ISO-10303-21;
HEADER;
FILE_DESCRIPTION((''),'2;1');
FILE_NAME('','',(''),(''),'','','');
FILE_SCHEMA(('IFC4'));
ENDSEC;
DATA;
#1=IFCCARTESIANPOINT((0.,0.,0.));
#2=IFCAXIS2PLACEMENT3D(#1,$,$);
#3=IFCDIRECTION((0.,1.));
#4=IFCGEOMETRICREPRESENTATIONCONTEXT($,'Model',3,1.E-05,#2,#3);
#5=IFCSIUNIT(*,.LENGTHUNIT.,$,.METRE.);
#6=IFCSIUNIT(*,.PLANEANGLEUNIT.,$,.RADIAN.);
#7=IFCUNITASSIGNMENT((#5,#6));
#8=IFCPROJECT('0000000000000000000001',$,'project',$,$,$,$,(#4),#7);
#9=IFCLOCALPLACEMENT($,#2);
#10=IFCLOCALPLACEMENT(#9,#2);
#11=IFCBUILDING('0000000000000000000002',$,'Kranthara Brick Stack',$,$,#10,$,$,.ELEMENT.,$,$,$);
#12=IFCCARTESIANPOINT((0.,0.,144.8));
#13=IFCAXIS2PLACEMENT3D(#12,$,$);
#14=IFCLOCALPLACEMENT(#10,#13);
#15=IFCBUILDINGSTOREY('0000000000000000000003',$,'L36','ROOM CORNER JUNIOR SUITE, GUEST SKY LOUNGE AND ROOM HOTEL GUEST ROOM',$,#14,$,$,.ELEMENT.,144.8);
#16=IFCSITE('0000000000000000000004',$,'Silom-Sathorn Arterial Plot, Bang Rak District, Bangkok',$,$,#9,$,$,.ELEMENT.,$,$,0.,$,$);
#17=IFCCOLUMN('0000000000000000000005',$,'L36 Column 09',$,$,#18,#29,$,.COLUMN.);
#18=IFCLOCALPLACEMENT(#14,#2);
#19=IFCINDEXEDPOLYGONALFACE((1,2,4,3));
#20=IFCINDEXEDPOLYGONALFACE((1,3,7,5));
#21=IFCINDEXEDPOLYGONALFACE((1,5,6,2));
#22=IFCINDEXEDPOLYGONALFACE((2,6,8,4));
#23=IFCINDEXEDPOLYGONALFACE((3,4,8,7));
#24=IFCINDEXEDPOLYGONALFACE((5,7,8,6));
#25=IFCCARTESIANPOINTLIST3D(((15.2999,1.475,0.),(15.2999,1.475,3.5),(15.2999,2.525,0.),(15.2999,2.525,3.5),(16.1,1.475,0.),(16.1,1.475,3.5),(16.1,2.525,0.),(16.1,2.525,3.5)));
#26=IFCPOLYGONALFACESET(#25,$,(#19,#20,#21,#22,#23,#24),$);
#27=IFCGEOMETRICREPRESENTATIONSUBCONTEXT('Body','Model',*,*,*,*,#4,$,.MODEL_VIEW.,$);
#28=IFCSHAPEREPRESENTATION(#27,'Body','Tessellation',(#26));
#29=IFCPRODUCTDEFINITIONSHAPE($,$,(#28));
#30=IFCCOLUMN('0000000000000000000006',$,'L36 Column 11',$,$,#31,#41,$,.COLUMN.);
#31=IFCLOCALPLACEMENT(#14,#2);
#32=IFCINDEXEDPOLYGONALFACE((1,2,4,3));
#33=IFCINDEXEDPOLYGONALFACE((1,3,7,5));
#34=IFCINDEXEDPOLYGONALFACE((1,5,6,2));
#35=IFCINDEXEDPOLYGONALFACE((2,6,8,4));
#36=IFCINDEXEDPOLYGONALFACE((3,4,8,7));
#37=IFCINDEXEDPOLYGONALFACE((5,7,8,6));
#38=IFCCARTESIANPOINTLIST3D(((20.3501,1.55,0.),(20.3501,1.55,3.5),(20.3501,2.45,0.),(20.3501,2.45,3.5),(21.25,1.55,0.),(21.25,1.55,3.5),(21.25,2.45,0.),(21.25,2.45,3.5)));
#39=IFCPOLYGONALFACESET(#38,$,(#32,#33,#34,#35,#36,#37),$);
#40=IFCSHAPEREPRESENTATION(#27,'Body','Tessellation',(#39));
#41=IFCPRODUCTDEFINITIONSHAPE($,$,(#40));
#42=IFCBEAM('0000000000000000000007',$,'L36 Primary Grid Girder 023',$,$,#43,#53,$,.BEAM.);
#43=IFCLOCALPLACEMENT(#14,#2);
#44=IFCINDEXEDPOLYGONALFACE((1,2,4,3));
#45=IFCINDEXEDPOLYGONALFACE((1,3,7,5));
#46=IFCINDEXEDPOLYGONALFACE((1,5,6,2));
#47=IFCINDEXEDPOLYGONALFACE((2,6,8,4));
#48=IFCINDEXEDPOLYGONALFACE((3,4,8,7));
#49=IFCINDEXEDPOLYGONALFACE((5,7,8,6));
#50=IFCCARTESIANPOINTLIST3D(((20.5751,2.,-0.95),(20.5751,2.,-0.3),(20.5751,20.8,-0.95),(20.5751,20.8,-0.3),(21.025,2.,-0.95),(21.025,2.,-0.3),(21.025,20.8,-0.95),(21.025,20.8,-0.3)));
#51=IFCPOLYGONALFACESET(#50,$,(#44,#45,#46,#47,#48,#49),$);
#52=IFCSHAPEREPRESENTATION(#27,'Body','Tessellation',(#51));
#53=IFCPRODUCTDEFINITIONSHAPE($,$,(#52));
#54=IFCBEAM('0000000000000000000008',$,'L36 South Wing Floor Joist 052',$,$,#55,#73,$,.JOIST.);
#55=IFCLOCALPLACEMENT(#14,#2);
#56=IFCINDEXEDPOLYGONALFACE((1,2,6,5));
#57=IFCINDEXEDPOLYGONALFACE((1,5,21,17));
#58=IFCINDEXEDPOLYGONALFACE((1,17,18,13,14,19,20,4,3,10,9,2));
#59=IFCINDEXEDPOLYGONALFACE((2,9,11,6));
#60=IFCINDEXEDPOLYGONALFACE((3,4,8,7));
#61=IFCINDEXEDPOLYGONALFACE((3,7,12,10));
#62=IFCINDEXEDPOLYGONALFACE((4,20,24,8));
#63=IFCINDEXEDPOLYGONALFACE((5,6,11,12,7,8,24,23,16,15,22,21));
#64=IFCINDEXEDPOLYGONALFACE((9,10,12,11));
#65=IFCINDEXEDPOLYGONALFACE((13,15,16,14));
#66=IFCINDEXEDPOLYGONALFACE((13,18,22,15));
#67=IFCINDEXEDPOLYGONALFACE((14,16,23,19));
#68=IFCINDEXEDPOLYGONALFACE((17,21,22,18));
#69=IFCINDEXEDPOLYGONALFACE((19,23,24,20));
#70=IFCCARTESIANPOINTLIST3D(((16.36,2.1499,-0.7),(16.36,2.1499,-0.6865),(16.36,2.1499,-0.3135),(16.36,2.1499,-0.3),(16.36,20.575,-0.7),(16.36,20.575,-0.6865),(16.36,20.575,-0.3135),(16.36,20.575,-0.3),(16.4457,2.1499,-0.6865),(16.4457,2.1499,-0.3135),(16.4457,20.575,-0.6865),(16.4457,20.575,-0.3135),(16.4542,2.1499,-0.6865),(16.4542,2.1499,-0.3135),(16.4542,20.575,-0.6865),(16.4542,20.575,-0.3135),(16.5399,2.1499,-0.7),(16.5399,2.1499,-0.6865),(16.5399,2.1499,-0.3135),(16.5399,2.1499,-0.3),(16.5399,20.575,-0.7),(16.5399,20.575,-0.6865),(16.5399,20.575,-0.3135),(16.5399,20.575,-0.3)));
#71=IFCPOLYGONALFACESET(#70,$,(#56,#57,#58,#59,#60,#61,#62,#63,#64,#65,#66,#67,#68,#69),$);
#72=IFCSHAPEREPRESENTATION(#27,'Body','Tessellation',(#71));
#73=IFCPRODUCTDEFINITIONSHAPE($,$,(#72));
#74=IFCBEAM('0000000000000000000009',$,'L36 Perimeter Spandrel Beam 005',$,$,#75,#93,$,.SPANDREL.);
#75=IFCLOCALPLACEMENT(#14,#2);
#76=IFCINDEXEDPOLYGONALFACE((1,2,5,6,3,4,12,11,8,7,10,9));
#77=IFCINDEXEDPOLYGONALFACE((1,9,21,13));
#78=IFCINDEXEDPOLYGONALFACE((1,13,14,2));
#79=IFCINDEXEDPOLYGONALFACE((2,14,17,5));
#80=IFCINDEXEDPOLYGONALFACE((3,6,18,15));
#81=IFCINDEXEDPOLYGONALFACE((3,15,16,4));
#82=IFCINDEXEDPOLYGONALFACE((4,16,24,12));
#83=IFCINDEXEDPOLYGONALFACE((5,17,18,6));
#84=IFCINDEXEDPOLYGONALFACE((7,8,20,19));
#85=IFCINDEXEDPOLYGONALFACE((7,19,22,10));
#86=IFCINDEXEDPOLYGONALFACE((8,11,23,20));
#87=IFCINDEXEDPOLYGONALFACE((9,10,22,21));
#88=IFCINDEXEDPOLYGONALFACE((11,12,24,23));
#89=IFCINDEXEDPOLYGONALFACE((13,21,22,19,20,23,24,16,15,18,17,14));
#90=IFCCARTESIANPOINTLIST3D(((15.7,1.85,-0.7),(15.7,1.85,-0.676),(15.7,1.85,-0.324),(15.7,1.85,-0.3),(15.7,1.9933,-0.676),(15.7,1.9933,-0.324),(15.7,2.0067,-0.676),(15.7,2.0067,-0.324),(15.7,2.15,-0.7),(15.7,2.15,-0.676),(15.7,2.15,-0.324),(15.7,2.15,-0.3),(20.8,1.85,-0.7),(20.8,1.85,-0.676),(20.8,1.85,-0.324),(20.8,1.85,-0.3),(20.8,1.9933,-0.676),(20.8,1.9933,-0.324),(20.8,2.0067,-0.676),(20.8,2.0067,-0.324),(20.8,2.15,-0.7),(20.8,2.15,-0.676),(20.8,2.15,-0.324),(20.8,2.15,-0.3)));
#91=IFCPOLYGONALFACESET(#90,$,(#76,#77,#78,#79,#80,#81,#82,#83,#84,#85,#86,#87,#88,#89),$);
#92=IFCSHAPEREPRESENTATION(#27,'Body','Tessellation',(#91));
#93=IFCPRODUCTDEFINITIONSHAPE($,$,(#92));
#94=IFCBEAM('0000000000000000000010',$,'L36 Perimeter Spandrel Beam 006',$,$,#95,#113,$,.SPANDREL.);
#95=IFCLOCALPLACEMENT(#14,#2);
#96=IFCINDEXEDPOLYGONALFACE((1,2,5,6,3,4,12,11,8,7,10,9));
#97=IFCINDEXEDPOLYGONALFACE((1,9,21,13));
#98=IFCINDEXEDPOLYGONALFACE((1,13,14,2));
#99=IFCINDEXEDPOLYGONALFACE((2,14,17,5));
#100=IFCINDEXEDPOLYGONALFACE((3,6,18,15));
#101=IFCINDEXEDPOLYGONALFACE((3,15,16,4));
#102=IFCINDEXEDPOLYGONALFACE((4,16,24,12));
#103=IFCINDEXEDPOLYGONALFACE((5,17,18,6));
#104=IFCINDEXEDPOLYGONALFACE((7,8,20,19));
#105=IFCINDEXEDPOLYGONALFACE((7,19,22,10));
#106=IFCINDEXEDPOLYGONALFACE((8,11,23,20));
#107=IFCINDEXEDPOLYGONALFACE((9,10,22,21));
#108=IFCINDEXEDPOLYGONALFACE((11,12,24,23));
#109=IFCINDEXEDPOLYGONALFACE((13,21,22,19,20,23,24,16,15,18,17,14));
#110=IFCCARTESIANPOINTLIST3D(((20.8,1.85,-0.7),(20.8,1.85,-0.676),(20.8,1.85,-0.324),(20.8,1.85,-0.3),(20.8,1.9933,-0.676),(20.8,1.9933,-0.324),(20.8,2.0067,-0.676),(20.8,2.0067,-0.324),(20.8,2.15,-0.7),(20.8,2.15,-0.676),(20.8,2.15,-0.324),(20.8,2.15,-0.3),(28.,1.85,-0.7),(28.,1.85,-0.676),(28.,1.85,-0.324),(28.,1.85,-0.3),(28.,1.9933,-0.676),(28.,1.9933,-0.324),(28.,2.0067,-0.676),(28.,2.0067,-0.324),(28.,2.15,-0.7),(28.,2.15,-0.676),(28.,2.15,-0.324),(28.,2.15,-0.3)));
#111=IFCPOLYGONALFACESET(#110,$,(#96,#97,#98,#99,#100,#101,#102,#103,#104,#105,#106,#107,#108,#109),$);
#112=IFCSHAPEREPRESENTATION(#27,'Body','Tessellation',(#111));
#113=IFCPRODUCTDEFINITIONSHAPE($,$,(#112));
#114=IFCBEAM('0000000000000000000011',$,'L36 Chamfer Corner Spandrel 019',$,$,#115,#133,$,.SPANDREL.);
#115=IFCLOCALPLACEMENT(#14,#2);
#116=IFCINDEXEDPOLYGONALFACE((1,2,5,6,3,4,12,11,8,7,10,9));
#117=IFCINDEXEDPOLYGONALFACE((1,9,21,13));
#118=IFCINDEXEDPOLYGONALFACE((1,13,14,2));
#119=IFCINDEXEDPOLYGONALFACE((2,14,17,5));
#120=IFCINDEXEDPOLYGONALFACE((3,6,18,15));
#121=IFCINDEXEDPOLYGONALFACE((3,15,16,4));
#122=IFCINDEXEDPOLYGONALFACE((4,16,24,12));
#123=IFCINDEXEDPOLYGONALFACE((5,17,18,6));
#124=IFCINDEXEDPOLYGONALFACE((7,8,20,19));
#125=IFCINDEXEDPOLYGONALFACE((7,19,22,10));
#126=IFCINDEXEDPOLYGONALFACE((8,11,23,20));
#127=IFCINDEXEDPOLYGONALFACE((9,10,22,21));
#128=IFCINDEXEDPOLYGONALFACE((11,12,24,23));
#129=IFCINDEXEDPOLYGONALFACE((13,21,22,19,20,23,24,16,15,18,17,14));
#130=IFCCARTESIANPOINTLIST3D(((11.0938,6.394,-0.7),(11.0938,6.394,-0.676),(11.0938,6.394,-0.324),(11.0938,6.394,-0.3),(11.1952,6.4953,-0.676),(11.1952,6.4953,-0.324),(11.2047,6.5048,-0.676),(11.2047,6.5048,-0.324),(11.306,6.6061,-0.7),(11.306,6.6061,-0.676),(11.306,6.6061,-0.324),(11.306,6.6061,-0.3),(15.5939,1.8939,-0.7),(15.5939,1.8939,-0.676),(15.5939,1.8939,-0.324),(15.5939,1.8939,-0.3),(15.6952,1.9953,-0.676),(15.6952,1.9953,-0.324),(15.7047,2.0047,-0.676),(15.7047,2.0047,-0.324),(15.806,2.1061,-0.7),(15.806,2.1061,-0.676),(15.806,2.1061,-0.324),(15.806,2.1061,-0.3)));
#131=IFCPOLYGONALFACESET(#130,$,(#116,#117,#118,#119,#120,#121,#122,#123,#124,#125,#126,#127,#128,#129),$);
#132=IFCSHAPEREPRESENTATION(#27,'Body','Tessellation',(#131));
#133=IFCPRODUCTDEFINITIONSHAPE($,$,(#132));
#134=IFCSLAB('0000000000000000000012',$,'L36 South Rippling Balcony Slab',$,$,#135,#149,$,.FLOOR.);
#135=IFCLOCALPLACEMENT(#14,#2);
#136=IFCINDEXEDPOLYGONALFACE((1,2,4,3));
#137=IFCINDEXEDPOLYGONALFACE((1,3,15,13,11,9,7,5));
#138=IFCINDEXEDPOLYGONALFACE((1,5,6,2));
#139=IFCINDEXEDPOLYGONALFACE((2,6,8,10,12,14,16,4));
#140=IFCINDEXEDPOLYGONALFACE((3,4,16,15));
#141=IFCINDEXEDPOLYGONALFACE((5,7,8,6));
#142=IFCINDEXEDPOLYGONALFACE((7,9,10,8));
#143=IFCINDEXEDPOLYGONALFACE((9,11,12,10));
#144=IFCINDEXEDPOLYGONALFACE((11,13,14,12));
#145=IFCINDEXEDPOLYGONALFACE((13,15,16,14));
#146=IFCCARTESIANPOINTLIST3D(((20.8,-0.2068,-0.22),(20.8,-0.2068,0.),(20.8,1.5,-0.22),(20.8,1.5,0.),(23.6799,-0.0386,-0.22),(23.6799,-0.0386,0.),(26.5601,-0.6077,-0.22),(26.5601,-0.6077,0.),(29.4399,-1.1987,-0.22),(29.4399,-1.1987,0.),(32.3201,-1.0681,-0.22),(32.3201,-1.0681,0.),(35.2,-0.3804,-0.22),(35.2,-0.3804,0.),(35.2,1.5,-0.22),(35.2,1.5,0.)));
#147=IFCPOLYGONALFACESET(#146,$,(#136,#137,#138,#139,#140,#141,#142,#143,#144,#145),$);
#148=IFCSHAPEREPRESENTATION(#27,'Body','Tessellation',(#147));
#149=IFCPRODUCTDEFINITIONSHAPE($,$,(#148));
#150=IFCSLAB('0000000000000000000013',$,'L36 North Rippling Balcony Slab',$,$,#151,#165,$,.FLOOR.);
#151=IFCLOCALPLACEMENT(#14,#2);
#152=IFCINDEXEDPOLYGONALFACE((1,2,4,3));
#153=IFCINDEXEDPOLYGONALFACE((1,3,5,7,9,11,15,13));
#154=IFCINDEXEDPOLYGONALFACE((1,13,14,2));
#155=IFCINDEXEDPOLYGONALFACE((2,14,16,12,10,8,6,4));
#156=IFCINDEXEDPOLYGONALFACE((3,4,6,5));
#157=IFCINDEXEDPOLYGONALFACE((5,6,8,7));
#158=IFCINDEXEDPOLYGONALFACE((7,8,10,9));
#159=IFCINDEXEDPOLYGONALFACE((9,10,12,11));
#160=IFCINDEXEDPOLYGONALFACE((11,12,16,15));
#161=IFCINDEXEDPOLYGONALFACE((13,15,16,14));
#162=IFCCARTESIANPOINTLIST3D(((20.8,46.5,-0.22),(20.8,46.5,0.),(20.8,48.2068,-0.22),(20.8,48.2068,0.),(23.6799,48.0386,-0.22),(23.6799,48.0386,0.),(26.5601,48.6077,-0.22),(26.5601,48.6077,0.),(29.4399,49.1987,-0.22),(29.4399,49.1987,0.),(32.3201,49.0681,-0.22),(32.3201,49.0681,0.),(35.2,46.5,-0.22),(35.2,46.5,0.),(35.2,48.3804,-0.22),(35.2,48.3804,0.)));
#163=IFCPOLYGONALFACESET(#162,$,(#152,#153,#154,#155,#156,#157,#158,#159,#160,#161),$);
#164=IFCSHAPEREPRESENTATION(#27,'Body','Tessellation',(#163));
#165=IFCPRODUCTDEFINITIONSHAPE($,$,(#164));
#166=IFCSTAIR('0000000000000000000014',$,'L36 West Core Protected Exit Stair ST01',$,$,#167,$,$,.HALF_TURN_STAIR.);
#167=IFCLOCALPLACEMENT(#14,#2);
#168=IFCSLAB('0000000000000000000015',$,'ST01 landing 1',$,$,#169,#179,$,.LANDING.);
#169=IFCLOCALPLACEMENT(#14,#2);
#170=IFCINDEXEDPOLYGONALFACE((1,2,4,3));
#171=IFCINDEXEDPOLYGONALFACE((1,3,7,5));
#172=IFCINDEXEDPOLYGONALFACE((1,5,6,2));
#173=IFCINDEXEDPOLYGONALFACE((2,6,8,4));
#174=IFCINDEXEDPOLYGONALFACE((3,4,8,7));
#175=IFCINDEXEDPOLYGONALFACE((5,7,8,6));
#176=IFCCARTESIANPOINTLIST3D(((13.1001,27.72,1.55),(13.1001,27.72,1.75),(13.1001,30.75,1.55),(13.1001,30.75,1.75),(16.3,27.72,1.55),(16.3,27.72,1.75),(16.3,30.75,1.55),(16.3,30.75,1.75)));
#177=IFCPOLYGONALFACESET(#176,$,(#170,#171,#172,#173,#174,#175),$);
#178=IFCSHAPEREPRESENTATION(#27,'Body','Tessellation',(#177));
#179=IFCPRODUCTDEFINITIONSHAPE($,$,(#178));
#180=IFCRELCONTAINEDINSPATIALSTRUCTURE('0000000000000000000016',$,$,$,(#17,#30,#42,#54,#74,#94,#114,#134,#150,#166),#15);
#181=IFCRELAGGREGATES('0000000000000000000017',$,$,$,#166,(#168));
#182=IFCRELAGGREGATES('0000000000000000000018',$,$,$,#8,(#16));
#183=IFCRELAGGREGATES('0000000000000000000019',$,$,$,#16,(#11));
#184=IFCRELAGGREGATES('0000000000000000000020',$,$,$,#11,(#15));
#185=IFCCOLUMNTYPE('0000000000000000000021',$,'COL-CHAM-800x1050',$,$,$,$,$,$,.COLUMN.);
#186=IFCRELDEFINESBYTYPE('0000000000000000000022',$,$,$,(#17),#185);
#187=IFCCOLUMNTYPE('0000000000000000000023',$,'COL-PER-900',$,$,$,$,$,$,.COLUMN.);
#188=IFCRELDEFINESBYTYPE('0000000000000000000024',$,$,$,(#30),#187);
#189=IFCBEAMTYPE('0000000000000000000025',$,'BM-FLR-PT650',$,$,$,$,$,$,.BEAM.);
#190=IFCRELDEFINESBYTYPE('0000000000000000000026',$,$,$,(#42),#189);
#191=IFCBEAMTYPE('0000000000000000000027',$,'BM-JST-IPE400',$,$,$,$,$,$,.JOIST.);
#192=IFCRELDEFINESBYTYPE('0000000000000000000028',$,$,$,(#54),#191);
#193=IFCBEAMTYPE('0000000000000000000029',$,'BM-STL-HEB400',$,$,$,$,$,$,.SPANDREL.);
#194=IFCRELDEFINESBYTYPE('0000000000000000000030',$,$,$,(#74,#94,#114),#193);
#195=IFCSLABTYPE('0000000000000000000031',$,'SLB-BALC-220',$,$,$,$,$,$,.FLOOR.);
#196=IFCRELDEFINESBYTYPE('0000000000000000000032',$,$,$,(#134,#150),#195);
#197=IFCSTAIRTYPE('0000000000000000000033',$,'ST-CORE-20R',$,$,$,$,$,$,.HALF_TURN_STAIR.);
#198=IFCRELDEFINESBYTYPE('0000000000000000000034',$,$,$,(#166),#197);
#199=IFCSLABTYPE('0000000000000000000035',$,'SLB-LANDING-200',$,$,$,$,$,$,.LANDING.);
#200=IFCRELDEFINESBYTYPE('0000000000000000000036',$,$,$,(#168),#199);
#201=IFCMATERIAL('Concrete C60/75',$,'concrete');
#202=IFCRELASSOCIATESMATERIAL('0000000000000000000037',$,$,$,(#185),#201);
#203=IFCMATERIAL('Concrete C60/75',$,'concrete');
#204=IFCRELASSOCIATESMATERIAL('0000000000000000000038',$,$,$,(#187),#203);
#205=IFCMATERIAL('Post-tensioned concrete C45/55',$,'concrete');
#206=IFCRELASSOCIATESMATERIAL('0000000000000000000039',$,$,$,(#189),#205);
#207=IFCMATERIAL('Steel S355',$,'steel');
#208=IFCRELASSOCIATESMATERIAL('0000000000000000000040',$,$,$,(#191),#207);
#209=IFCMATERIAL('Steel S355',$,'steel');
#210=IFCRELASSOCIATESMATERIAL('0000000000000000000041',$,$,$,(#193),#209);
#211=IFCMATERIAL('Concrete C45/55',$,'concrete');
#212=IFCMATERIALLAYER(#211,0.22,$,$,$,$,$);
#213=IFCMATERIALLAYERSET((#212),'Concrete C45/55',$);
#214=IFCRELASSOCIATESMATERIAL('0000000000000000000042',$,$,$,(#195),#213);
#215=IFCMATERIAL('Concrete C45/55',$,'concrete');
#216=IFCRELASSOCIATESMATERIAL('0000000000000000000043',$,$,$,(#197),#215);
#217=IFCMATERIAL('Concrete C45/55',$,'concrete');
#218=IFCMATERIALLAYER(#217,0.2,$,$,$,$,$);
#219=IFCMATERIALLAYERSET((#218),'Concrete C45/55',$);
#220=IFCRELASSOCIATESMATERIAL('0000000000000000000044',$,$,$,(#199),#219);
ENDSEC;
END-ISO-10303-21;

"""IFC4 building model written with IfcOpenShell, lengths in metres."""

from ifc_helpers import new_model, si_unit, direction, frame, origin, origin_2d, place, context, subcontext, project, spatial, polyline, rectangle, i_section, outline, extrude, material, layer, layer_set, material_profile, profile_set, type_object, element, aggregate, save


model = new_model("IFC4")

# Units and contexts
model_context = context("Model", 3, precision=1e-05, world=origin(), true_north=direction((0.0, 1.0)))
body_context = subcontext(model_context, "Body", "Model", "MODEL_VIEW")
ifc_project = project(units=[si_unit("LENGTHUNIT", "METRE"), si_unit("PLANEANGLEUNIT", "RADIAN")], contexts=[model_context])

# Site, building, storey
site_placement = place(None, origin())
site = spatial("IfcSite", under=ifc_project, at=site_placement, Name="Silom-Sathorn Arterial Plot, Bang Rak District, Bangkok", CompositionType="ELEMENT", RefElevation=0.0)
building_placement = place(site_placement, origin())
building = spatial("IfcBuilding", under=site, at=building_placement, Name="Kranthara Brick Stack", CompositionType="ELEMENT")
storey_placement = place(building_placement, frame((0.0, 0.0, 144.8)))
storey = spatial("IfcBuildingStorey", under=building, at=storey_placement, Name="L36", Description="ROOM CORNER JUNIOR SUITE, GUEST SKY LOUNGE AND ROOM HOTEL GUEST ROOM", CompositionType="ELEMENT", Elevation=144.8)

# Columns
ifc_material_1 = material(Name="Concrete C60/75", Category="concrete")
ifc_material_profile_1 = material_profile(ifc_material_1, rectangle(XDim=0.8, YDim=1.05, at=origin_2d()), Name="RC 800x1050")
ifc_profile_set_1 = profile_set([ifc_material_profile_1], Name="Concrete C60/75")
column_type_1 = type_object("IfcColumnType", Name="COL-CHAM-800x1050", PredefinedType="COLUMN", material=ifc_profile_set_1)
column_1_placement = place(storey_placement, frame((15.7, 2.0, 0.0), z_axis=(0.0, 0.0, 1.0), x_axis=(1.0, 0.0, 0.0)))
element("IfcColumn", 1, at=column_1_placement, inside=storey, type_object=column_type_1, Name="L36 Column 09", PredefinedType="COLUMN", context=body_context, shape_type="SweptSolid", body=[
    extrude(rectangle(XDim=0.8, YDim=1.05, at=origin_2d()), origin(), (0.0, 0.0, 1.0), 3.5),
])
ifc_material_2 = material(Name="Concrete C60/75", Category="concrete")
ifc_material_profile_2 = material_profile(ifc_material_2, rectangle(XDim=0.8999, YDim=0.8999, at=origin_2d()), Name="RC 900x900")
ifc_profile_set_2 = profile_set([ifc_material_profile_2], Name="Concrete C60/75")
column_type_2 = type_object("IfcColumnType", Name="COL-PER-900", PredefinedType="COLUMN", material=ifc_profile_set_2)
column_2_placement = place(storey_placement, frame((20.8, 2.0, 0.0), z_axis=(0.0, 0.0, 1.0), x_axis=(1.0, 0.0, 0.0)))
element("IfcColumn", 2, at=column_2_placement, inside=storey, type_object=column_type_2, Name="L36 Column 11", PredefinedType="COLUMN", context=body_context, shape_type="SweptSolid", body=[
    extrude(rectangle(XDim=0.8999, YDim=0.8999, at=origin_2d()), origin(), (0.0, 0.0, 1.0), 3.5),
])

# Beams
ifc_material_3 = material(Name="Post-tensioned concrete C45/55", Category="concrete")
ifc_material_profile_3 = material_profile(ifc_material_3, rectangle(XDim=0.45, YDim=0.6499, at=origin_2d()), Name="PT 450x650")
ifc_profile_set_3 = profile_set([ifc_material_profile_3], Name="Post-tensioned concrete C45/55")
beam_type_1 = type_object("IfcBeamType", Name="BM-FLR-PT650", PredefinedType="BEAM", material=ifc_profile_set_3)
beam_1_placement = place(storey_placement, frame((20.8, 2.0, -0.625), z_axis=(0.0, 1.0, 0.0), x_axis=(-1.0, 0.0, 0.0)))
element("IfcBeam", 3, at=beam_1_placement, inside=storey, type_object=beam_type_1, Name="L36 Primary Grid Girder 023", PredefinedType="BEAM", context=body_context, shape_type="SweptSolid", body=[
    extrude(rectangle(XDim=0.45, YDim=0.6499, at=origin_2d()), origin(), (0.0, 0.0, 1.0), 18.8),
])
ifc_material_4 = material(Name="Steel S355", Category="steel")
ifc_material_profile_4 = material_profile(ifc_material_4, i_section(OverallWidth=0.1799, OverallDepth=0.3999, WebThickness=0.0085, FlangeThickness=0.0134, at=origin_2d()), Name="IPE 400")
ifc_profile_set_4 = profile_set([ifc_material_profile_4], Name="Steel S355")
beam_type_2 = type_object("IfcBeamType", Name="BM-JST-IPE400", PredefinedType="JOIST", material=ifc_profile_set_4)
beam_2_placement = place(storey_placement, frame((16.45, 2.1499, -0.5), z_axis=(0.0, 1.0, 0.0), x_axis=(-1.0, 0.0, 0.0)))
element("IfcBeam", 4, at=beam_2_placement, inside=storey, type_object=beam_type_2, Name="L36 South Wing Floor Joist 052", PredefinedType="JOIST", context=body_context, shape_type="SweptSolid", body=[
    extrude(i_section(OverallWidth=0.1799, OverallDepth=0.3999, WebThickness=0.0085, FlangeThickness=0.0134, at=origin_2d()), origin(), (0.0, 0.0, 1.0), 18.425),
])
ifc_material_5 = material(Name="Steel S355", Category="steel")
ifc_material_profile_5 = material_profile(ifc_material_5, i_section(OverallWidth=0.3, OverallDepth=0.3999, WebThickness=0.0134, FlangeThickness=0.0239, at=origin_2d()), Name="HEB 400")
ifc_profile_set_5 = profile_set([ifc_material_profile_5], Name="Steel S355")
beam_type_3 = type_object("IfcBeamType", Name="BM-STL-HEB400", PredefinedType="SPANDREL", material=ifc_profile_set_5)
beam_3_placement = place(storey_placement, frame((15.7, 2.0, -0.5), z_axis=(1.0, 0.0, 0.0), x_axis=(0.0, 1.0, 0.0)))
element("IfcBeam", 5, at=beam_3_placement, inside=storey, type_object=beam_type_3, Name="L36 Perimeter Spandrel Beam 005", PredefinedType="SPANDREL", context=body_context, shape_type="SweptSolid", body=[
    extrude(i_section(OverallWidth=0.3, OverallDepth=0.3999, WebThickness=0.0134, FlangeThickness=0.0239, at=origin_2d()), origin(), (0.0, 0.0, 1.0), 5.1001),
])
beam_4_placement = place(storey_placement, frame((20.8, 2.0, -0.5), z_axis=(1.0, 0.0, 0.0), x_axis=(0.0, 1.0, 0.0)))
element("IfcBeam", 6, at=beam_4_placement, inside=storey, type_object=beam_type_3, Name="L36 Perimeter Spandrel Beam 006", PredefinedType="SPANDREL", context=body_context, shape_type="SweptSolid", body=[
    extrude(i_section(OverallWidth=0.3, OverallDepth=0.3999, WebThickness=0.0134, FlangeThickness=0.0239, at=origin_2d()), origin(), (0.0, 0.0, 1.0), 7.2),
])
beam_5_placement = place(storey_placement, frame((15.7, 2.0, -0.5), z_axis=(-0.707107, 0.707107, 0.0), x_axis=(-0.707107, -0.707107, 0.0)))
element("IfcBeam", 7, at=beam_5_placement, inside=storey, type_object=beam_type_3, Name="L36 Chamfer Corner Spandrel 019", PredefinedType="SPANDREL", context=body_context, shape_type="SweptSolid", body=[
    extrude(i_section(OverallWidth=0.3, OverallDepth=0.3999, WebThickness=0.0134, FlangeThickness=0.0239, at=origin_2d()), origin(), (0.0, 0.0, 1.0), 6.364),
])

# Slabs
ifc_material_6 = material(Name="Concrete C45/55", Category="concrete")
ifc_layer_1 = layer(ifc_material_6, 0.22)
ifc_layer_set_1 = layer_set([ifc_layer_1], Name="Concrete C45/55")
slab_type_1 = type_object("IfcSlabType", Name="SLB-BALC-220", PredefinedType="FLOOR", material=ifc_layer_set_1)
slab_1_placement = place(storey_placement, frame((0.0, 0.0, -0.22)))
element("IfcSlab", 8, at=slab_1_placement, inside=storey, type_object=slab_type_1, Name="L36 South Rippling Balcony Slab", PredefinedType="FLOOR", context=body_context, shape_type="SweptSolid", body=[
    extrude(outline(polyline([(20.8, 1.5), (35.2, 1.5), (35.2, -0.3804), (32.3201, -1.0681), (29.4399, -1.1987), (26.5601, -0.6077), (23.6799, -0.0386), (20.8, -0.2068), (20.8, 1.5)])), origin(), (0.0, 0.0, 1.0), 0.22),
])
slab_2_placement = place(storey_placement, frame((0.0, 0.0, -0.22)))
element("IfcSlab", 9, at=slab_2_placement, inside=storey, type_object=slab_type_1, Name="L36 North Rippling Balcony Slab", PredefinedType="FLOOR", context=body_context, shape_type="SweptSolid", body=[
    extrude(outline(polyline([(35.2, 46.5), (20.8, 46.5), (20.8, 48.2068), (23.6799, 48.0386), (26.5601, 48.6077), (29.4399, 49.1987), (32.3201, 49.0681), (35.2, 48.3804), (35.2, 46.5)])), origin(), (0.0, 0.0, 1.0), 0.22),
])

# Stair, slab
ifc_material_7 = material(Name="Concrete C45/55", Category="concrete")
stair_type = type_object("IfcStairType", Name="ST-CORE-20R", PredefinedType="HALF_TURN_STAIR", material=ifc_material_7)
stair_1_placement = place(storey_placement, origin())
stair_1 = element("IfcStair", 10, at=stair_1_placement, inside=storey, type_object=stair_type, Name="L36 West Core Protected Exit Stair ST01", PredefinedType="HALF_TURN_STAIR")
ifc_material_8 = material(Name="Concrete C45/55", Category="concrete")
ifc_layer_2 = layer(ifc_material_8, 0.2)
ifc_layer_set_2 = layer_set([ifc_layer_2], Name="Concrete C45/55")
slab_type_2 = type_object("IfcSlabType", Name="SLB-LANDING-200", PredefinedType="LANDING", material=ifc_layer_set_2)
slab_3_placement = place(storey_placement, frame((0.0, 0.0, 1.55)))
slab_3 = element("IfcSlab", 11, at=slab_3_placement, type_object=slab_type_2, Name="ST01 landing 1", PredefinedType="LANDING", context=body_context, shape_type="SweptSolid", body=[
    extrude(outline(polyline([(16.3, 27.72), (16.3, 30.75), (13.1001, 30.75), (13.1001, 27.72), (16.3, 27.72)])), origin(), (0.0, 0.0, 1.0), 0.2),
])
aggregate(stair_1, [slab_3])

save(model, "model.ifc")
